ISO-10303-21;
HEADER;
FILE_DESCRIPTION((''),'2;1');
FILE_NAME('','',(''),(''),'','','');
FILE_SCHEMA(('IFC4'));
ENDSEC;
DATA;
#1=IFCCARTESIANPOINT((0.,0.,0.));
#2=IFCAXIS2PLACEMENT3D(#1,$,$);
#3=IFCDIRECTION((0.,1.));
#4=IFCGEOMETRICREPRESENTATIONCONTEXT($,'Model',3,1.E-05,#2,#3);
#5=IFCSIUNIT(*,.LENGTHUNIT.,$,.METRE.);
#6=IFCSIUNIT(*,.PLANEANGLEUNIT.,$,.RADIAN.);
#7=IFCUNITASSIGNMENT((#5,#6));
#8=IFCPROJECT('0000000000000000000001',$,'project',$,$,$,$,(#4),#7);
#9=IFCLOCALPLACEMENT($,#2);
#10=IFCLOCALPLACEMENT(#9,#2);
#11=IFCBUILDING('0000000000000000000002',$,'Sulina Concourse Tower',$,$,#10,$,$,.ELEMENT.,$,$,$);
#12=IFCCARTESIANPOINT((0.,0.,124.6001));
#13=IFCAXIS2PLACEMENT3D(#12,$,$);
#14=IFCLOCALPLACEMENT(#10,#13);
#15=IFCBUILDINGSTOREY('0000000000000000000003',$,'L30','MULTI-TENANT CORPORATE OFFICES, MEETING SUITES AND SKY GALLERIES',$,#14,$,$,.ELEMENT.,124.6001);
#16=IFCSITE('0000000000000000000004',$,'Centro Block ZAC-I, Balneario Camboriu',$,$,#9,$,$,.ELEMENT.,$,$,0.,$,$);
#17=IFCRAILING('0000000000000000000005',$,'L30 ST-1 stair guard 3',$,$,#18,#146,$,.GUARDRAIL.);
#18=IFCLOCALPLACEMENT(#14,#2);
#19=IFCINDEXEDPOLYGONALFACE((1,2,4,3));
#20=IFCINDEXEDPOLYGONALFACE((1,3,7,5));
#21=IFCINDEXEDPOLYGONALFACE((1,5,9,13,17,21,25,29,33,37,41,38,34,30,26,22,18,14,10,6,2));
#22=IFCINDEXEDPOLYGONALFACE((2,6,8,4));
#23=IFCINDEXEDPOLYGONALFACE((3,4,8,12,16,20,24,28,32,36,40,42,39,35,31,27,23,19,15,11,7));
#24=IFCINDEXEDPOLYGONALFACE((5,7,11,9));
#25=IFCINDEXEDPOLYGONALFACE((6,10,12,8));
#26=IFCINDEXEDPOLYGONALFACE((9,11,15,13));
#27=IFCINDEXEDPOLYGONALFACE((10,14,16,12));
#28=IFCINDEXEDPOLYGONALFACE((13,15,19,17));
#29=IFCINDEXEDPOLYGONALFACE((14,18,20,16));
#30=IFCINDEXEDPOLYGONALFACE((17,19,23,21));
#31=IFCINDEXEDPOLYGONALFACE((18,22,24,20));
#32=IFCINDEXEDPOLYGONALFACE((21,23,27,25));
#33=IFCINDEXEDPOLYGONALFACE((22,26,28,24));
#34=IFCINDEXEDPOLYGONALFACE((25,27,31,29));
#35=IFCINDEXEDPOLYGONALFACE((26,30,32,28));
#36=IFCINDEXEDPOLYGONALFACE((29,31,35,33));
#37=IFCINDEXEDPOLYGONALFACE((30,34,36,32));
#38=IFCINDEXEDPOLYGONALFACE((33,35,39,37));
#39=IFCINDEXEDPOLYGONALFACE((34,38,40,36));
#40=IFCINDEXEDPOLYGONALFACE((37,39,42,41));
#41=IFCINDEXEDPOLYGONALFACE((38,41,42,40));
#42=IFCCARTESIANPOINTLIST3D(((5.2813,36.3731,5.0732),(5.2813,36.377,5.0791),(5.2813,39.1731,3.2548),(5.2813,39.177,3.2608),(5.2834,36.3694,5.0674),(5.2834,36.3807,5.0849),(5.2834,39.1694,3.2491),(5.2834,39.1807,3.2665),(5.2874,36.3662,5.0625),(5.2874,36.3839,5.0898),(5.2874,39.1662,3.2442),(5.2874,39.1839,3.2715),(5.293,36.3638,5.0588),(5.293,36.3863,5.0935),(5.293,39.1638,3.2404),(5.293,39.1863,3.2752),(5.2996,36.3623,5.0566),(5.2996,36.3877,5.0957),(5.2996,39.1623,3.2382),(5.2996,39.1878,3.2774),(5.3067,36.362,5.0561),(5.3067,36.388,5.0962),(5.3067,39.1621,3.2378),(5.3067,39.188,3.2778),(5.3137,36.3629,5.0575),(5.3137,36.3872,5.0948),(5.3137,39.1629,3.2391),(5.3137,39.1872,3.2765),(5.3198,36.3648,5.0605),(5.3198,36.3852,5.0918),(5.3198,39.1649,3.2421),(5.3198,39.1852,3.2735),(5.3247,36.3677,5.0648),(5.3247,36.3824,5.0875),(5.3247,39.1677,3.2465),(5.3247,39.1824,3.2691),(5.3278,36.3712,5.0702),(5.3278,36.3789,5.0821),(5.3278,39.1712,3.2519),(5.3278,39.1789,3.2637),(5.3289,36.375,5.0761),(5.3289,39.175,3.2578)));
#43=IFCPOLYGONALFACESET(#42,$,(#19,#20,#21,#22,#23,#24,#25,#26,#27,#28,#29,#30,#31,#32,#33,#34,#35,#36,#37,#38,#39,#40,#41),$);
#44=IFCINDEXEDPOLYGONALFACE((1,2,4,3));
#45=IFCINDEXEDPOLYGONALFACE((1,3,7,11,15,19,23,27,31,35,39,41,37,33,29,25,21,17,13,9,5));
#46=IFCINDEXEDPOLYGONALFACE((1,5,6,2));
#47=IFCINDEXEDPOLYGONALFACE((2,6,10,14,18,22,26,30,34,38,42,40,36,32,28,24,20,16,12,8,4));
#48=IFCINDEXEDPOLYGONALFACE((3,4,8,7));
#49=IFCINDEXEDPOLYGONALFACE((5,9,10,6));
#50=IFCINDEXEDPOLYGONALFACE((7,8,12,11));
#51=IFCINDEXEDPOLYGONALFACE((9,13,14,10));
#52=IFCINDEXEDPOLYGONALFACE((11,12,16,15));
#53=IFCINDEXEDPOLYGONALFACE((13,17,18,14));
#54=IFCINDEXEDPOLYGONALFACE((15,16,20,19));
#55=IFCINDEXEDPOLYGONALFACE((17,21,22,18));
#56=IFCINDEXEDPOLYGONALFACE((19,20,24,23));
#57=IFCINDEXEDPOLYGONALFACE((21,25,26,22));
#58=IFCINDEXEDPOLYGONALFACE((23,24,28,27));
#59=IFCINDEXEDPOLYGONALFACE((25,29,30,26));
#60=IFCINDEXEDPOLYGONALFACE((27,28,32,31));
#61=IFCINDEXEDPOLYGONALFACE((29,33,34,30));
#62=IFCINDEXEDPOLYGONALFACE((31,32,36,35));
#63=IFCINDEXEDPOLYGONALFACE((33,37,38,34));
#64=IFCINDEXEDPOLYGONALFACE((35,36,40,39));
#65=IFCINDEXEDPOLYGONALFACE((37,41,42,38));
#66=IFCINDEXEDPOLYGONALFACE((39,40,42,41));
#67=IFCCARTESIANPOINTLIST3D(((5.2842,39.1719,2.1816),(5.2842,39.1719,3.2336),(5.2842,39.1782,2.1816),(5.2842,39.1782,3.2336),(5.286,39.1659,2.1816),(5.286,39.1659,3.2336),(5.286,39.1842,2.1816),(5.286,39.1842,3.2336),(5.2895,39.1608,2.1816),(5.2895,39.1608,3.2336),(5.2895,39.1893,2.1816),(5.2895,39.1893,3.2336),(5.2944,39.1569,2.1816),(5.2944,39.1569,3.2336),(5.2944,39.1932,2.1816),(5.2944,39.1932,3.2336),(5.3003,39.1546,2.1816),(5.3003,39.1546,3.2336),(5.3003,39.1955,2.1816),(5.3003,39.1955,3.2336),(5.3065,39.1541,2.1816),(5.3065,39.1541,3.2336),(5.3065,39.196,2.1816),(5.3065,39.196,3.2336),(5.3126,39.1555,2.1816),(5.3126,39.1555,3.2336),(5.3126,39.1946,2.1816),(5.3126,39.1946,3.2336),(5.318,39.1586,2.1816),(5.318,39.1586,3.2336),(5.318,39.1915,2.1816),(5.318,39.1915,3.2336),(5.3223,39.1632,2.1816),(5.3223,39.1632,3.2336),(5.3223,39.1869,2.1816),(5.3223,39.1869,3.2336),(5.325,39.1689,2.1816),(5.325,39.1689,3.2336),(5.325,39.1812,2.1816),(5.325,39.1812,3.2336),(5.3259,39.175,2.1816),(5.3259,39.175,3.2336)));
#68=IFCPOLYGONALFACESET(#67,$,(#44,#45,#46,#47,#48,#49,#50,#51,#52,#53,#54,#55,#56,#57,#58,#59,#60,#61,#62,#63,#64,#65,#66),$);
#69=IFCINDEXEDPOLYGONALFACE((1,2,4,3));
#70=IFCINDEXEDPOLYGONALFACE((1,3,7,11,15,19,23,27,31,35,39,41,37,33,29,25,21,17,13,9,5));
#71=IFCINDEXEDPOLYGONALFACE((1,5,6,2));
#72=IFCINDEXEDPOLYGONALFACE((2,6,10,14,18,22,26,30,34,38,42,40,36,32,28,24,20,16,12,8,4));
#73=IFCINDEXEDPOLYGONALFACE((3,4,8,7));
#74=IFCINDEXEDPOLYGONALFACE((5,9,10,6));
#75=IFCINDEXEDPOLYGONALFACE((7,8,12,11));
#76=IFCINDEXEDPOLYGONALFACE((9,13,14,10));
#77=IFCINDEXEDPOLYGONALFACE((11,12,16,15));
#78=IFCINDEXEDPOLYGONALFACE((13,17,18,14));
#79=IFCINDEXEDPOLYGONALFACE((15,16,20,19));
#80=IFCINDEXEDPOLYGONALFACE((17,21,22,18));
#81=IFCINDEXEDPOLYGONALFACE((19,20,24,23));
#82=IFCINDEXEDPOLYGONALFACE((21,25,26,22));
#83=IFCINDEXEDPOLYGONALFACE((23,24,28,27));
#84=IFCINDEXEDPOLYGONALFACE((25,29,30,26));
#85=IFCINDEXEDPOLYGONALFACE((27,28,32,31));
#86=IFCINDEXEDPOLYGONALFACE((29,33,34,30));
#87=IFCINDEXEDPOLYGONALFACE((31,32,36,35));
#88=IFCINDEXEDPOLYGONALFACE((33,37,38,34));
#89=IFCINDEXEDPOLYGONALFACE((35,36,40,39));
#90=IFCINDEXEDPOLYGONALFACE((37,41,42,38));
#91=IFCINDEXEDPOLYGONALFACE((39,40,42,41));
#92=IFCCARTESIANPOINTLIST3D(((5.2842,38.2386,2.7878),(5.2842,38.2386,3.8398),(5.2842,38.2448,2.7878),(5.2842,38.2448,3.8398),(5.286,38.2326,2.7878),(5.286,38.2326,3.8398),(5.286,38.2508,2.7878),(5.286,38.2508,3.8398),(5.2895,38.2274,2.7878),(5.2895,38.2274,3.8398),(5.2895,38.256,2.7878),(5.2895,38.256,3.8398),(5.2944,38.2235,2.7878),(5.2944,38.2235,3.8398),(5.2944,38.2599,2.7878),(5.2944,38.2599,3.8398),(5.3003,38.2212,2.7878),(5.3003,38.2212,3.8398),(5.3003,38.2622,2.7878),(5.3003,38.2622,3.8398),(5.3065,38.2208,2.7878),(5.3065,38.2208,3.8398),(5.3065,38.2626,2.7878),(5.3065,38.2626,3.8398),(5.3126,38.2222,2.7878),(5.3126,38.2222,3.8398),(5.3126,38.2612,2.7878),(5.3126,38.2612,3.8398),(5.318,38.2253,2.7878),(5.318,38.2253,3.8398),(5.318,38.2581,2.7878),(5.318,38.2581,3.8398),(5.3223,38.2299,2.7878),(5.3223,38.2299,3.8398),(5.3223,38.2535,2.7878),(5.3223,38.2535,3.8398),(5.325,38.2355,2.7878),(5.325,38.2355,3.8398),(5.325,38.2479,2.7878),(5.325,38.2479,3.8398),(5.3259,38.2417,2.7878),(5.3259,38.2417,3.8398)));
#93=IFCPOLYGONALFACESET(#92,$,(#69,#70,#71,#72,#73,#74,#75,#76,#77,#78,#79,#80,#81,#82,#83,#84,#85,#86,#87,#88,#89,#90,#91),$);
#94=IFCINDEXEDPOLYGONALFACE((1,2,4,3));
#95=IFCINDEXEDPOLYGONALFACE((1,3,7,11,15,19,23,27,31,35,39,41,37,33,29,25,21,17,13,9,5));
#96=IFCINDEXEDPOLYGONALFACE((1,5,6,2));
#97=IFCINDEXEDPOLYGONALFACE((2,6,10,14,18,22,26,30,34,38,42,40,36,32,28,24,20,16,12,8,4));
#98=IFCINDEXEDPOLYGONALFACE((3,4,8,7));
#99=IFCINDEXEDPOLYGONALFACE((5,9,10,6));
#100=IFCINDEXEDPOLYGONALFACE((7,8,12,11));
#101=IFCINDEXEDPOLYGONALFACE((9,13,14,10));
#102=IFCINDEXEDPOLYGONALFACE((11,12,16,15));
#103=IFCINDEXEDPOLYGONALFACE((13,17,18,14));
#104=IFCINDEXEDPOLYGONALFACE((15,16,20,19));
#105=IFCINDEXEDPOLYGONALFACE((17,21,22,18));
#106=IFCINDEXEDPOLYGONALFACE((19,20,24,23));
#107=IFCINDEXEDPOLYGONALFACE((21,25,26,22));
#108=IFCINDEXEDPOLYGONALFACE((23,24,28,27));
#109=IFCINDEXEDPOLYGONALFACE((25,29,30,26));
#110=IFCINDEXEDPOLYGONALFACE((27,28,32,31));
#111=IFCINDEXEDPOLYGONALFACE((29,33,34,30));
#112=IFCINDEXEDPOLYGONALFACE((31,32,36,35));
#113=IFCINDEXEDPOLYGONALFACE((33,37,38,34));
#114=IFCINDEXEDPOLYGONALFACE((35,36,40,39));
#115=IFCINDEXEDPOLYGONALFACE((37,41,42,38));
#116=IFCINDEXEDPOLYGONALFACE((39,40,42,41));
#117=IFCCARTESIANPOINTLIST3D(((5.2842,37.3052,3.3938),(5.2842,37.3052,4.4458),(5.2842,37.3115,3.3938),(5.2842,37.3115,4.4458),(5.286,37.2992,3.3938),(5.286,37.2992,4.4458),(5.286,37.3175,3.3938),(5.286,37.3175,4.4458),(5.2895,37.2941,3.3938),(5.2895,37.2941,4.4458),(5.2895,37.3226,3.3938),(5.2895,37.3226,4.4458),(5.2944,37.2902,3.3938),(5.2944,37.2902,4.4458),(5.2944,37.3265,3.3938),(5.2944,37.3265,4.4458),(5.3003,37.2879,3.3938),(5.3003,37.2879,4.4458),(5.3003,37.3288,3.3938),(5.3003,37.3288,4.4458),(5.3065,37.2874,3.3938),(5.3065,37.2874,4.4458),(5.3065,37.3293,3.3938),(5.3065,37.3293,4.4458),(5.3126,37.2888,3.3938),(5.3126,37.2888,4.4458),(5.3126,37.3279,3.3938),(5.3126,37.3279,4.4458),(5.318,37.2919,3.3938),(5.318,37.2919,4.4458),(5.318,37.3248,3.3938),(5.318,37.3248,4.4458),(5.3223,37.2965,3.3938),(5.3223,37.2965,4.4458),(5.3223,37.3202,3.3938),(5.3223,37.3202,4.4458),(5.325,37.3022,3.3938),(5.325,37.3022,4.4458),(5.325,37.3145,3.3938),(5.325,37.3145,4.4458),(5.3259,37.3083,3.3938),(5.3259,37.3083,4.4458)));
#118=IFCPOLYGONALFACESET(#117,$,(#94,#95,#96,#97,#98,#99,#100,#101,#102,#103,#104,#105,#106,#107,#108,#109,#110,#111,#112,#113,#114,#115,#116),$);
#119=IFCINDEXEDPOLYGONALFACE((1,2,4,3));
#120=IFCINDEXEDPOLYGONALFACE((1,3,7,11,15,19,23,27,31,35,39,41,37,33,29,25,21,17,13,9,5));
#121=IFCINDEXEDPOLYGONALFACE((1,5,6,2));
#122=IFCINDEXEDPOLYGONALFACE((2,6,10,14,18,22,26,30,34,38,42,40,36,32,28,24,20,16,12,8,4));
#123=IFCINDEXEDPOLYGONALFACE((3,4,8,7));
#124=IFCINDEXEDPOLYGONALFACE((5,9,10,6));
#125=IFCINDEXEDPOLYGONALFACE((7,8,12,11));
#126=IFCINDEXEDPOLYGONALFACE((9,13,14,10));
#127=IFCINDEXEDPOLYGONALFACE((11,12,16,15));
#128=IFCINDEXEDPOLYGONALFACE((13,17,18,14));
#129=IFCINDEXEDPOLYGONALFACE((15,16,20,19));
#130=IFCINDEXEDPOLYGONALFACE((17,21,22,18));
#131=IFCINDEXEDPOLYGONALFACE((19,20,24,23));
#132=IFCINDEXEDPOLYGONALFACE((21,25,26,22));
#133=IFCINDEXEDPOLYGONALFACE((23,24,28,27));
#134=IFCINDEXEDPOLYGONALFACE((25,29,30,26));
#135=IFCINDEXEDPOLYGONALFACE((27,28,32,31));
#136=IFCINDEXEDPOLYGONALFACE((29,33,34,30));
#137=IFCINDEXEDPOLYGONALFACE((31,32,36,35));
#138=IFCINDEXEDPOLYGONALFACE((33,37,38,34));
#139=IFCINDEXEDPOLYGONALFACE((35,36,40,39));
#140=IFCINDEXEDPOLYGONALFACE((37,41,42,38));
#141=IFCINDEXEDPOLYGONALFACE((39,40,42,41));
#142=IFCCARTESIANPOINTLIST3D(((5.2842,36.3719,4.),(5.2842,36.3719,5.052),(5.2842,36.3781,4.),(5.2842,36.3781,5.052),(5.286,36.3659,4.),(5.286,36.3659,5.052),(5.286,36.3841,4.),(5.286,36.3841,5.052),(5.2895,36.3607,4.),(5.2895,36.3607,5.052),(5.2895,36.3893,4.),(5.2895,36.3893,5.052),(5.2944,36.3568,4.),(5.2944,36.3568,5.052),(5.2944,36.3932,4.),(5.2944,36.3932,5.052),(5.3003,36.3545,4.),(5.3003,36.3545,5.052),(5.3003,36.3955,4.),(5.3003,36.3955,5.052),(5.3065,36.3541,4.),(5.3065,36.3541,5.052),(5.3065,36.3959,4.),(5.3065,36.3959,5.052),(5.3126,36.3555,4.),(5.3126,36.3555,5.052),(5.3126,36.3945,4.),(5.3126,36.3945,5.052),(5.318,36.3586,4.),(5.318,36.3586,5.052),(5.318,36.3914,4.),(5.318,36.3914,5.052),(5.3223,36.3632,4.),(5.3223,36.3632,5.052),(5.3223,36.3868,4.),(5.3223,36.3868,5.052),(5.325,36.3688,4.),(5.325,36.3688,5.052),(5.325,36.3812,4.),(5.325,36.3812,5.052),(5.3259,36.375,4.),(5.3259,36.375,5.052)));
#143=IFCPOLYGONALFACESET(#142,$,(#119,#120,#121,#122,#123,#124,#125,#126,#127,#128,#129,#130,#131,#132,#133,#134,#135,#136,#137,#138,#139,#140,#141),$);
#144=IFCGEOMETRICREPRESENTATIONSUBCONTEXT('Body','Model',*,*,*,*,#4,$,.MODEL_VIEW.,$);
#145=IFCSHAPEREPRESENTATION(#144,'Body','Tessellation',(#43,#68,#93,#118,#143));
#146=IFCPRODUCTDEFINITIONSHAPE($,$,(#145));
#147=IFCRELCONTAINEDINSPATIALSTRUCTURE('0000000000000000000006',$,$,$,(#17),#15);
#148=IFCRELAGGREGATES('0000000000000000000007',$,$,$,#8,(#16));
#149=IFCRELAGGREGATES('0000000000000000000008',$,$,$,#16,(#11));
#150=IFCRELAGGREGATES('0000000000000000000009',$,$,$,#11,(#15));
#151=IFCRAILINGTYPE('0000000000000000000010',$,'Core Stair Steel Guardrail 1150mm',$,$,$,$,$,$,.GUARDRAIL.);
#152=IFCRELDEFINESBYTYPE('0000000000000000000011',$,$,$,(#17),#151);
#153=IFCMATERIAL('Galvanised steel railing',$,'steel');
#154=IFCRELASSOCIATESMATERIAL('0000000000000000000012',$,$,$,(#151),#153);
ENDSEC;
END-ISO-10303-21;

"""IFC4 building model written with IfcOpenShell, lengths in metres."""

from ifc_helpers import new_model, si_unit, direction, frame, origin, origin_2d, place, context, subcontext, project, spatial, circle, extrude, material, type_object, element, save


model = new_model("IFC4")

# Units and contexts
model_context = context("Model", 3, precision=1e-05, world=origin(), true_north=direction((0.0, 1.0)))
body_context = subcontext(model_context, "Body", "Model", "MODEL_VIEW")
ifc_project = project(units=[si_unit("LENGTHUNIT", "METRE"), si_unit("PLANEANGLEUNIT", "RADIAN")], contexts=[model_context])

# Site, building, storey
site_placement = place(None, origin())
site = spatial("IfcSite", under=ifc_project, at=site_placement, Name="Centro Block ZAC-I, Balneario Camboriu", CompositionType="ELEMENT", RefElevation=0.0)
building_placement = place(site_placement, origin())
building = spatial("IfcBuilding", under=site, at=building_placement, Name="Sulina Concourse Tower", CompositionType="ELEMENT")
storey_placement = place(building_placement, frame((0.0, 0.0, 124.6001)))
storey = spatial("IfcBuildingStorey", under=building, at=storey_placement, Name="L30", Description="MULTI-TENANT CORPORATE OFFICES, MEETING SUITES AND SKY GALLERIES", CompositionType="ELEMENT", Elevation=124.6001)

# Railing
ifc_material_1 = material(Name="Galvanised steel railing", Category="steel")
railing_type_1 = type_object("IfcRailingType", Name="Core Stair Steel Guardrail 1150mm", PredefinedType="GUARDRAIL", material=ifc_material_1)
railing_1_placement = place(storey_placement, frame((5.3049, 39.175, 2.1816)))
element("IfcRailing", 1, at=railing_1_placement, inside=storey, type_object=railing_type_1, Name="L30 ST-1 stair guard 3", PredefinedType="GUARDRAIL", context=body_context, shape_type="SweptSolid", body=[
    extrude(circle(Radius=0.0239, at=origin_2d()), frame((0.0, 0.0, 1.0762), z_axis=(0.0, -0.838672, 0.544636), x_axis=(1.0, 0.0, 0.0)), (0.0, 0.0, 1.0), 3.3386),
    extrude(circle(Radius=0.021, at=origin_2d()), origin(), (0.0, 0.0, 1.0), 1.052),
    extrude(circle(Radius=0.021, at=origin_2d()), frame((0.0, -0.9333, 0.6062)), (0.0, 0.0, 1.0), 1.052),
    extrude(circle(Radius=0.021, at=origin_2d()), frame((0.0, -1.8667, 1.2122)), (0.0, 0.0, 1.0), 1.052),
    extrude(circle(Radius=0.021, at=origin_2d()), frame((0.0, -2.8, 1.8184)), (0.0, 0.0, 1.0), 1.052),
])

save(model, "model.ifc")
